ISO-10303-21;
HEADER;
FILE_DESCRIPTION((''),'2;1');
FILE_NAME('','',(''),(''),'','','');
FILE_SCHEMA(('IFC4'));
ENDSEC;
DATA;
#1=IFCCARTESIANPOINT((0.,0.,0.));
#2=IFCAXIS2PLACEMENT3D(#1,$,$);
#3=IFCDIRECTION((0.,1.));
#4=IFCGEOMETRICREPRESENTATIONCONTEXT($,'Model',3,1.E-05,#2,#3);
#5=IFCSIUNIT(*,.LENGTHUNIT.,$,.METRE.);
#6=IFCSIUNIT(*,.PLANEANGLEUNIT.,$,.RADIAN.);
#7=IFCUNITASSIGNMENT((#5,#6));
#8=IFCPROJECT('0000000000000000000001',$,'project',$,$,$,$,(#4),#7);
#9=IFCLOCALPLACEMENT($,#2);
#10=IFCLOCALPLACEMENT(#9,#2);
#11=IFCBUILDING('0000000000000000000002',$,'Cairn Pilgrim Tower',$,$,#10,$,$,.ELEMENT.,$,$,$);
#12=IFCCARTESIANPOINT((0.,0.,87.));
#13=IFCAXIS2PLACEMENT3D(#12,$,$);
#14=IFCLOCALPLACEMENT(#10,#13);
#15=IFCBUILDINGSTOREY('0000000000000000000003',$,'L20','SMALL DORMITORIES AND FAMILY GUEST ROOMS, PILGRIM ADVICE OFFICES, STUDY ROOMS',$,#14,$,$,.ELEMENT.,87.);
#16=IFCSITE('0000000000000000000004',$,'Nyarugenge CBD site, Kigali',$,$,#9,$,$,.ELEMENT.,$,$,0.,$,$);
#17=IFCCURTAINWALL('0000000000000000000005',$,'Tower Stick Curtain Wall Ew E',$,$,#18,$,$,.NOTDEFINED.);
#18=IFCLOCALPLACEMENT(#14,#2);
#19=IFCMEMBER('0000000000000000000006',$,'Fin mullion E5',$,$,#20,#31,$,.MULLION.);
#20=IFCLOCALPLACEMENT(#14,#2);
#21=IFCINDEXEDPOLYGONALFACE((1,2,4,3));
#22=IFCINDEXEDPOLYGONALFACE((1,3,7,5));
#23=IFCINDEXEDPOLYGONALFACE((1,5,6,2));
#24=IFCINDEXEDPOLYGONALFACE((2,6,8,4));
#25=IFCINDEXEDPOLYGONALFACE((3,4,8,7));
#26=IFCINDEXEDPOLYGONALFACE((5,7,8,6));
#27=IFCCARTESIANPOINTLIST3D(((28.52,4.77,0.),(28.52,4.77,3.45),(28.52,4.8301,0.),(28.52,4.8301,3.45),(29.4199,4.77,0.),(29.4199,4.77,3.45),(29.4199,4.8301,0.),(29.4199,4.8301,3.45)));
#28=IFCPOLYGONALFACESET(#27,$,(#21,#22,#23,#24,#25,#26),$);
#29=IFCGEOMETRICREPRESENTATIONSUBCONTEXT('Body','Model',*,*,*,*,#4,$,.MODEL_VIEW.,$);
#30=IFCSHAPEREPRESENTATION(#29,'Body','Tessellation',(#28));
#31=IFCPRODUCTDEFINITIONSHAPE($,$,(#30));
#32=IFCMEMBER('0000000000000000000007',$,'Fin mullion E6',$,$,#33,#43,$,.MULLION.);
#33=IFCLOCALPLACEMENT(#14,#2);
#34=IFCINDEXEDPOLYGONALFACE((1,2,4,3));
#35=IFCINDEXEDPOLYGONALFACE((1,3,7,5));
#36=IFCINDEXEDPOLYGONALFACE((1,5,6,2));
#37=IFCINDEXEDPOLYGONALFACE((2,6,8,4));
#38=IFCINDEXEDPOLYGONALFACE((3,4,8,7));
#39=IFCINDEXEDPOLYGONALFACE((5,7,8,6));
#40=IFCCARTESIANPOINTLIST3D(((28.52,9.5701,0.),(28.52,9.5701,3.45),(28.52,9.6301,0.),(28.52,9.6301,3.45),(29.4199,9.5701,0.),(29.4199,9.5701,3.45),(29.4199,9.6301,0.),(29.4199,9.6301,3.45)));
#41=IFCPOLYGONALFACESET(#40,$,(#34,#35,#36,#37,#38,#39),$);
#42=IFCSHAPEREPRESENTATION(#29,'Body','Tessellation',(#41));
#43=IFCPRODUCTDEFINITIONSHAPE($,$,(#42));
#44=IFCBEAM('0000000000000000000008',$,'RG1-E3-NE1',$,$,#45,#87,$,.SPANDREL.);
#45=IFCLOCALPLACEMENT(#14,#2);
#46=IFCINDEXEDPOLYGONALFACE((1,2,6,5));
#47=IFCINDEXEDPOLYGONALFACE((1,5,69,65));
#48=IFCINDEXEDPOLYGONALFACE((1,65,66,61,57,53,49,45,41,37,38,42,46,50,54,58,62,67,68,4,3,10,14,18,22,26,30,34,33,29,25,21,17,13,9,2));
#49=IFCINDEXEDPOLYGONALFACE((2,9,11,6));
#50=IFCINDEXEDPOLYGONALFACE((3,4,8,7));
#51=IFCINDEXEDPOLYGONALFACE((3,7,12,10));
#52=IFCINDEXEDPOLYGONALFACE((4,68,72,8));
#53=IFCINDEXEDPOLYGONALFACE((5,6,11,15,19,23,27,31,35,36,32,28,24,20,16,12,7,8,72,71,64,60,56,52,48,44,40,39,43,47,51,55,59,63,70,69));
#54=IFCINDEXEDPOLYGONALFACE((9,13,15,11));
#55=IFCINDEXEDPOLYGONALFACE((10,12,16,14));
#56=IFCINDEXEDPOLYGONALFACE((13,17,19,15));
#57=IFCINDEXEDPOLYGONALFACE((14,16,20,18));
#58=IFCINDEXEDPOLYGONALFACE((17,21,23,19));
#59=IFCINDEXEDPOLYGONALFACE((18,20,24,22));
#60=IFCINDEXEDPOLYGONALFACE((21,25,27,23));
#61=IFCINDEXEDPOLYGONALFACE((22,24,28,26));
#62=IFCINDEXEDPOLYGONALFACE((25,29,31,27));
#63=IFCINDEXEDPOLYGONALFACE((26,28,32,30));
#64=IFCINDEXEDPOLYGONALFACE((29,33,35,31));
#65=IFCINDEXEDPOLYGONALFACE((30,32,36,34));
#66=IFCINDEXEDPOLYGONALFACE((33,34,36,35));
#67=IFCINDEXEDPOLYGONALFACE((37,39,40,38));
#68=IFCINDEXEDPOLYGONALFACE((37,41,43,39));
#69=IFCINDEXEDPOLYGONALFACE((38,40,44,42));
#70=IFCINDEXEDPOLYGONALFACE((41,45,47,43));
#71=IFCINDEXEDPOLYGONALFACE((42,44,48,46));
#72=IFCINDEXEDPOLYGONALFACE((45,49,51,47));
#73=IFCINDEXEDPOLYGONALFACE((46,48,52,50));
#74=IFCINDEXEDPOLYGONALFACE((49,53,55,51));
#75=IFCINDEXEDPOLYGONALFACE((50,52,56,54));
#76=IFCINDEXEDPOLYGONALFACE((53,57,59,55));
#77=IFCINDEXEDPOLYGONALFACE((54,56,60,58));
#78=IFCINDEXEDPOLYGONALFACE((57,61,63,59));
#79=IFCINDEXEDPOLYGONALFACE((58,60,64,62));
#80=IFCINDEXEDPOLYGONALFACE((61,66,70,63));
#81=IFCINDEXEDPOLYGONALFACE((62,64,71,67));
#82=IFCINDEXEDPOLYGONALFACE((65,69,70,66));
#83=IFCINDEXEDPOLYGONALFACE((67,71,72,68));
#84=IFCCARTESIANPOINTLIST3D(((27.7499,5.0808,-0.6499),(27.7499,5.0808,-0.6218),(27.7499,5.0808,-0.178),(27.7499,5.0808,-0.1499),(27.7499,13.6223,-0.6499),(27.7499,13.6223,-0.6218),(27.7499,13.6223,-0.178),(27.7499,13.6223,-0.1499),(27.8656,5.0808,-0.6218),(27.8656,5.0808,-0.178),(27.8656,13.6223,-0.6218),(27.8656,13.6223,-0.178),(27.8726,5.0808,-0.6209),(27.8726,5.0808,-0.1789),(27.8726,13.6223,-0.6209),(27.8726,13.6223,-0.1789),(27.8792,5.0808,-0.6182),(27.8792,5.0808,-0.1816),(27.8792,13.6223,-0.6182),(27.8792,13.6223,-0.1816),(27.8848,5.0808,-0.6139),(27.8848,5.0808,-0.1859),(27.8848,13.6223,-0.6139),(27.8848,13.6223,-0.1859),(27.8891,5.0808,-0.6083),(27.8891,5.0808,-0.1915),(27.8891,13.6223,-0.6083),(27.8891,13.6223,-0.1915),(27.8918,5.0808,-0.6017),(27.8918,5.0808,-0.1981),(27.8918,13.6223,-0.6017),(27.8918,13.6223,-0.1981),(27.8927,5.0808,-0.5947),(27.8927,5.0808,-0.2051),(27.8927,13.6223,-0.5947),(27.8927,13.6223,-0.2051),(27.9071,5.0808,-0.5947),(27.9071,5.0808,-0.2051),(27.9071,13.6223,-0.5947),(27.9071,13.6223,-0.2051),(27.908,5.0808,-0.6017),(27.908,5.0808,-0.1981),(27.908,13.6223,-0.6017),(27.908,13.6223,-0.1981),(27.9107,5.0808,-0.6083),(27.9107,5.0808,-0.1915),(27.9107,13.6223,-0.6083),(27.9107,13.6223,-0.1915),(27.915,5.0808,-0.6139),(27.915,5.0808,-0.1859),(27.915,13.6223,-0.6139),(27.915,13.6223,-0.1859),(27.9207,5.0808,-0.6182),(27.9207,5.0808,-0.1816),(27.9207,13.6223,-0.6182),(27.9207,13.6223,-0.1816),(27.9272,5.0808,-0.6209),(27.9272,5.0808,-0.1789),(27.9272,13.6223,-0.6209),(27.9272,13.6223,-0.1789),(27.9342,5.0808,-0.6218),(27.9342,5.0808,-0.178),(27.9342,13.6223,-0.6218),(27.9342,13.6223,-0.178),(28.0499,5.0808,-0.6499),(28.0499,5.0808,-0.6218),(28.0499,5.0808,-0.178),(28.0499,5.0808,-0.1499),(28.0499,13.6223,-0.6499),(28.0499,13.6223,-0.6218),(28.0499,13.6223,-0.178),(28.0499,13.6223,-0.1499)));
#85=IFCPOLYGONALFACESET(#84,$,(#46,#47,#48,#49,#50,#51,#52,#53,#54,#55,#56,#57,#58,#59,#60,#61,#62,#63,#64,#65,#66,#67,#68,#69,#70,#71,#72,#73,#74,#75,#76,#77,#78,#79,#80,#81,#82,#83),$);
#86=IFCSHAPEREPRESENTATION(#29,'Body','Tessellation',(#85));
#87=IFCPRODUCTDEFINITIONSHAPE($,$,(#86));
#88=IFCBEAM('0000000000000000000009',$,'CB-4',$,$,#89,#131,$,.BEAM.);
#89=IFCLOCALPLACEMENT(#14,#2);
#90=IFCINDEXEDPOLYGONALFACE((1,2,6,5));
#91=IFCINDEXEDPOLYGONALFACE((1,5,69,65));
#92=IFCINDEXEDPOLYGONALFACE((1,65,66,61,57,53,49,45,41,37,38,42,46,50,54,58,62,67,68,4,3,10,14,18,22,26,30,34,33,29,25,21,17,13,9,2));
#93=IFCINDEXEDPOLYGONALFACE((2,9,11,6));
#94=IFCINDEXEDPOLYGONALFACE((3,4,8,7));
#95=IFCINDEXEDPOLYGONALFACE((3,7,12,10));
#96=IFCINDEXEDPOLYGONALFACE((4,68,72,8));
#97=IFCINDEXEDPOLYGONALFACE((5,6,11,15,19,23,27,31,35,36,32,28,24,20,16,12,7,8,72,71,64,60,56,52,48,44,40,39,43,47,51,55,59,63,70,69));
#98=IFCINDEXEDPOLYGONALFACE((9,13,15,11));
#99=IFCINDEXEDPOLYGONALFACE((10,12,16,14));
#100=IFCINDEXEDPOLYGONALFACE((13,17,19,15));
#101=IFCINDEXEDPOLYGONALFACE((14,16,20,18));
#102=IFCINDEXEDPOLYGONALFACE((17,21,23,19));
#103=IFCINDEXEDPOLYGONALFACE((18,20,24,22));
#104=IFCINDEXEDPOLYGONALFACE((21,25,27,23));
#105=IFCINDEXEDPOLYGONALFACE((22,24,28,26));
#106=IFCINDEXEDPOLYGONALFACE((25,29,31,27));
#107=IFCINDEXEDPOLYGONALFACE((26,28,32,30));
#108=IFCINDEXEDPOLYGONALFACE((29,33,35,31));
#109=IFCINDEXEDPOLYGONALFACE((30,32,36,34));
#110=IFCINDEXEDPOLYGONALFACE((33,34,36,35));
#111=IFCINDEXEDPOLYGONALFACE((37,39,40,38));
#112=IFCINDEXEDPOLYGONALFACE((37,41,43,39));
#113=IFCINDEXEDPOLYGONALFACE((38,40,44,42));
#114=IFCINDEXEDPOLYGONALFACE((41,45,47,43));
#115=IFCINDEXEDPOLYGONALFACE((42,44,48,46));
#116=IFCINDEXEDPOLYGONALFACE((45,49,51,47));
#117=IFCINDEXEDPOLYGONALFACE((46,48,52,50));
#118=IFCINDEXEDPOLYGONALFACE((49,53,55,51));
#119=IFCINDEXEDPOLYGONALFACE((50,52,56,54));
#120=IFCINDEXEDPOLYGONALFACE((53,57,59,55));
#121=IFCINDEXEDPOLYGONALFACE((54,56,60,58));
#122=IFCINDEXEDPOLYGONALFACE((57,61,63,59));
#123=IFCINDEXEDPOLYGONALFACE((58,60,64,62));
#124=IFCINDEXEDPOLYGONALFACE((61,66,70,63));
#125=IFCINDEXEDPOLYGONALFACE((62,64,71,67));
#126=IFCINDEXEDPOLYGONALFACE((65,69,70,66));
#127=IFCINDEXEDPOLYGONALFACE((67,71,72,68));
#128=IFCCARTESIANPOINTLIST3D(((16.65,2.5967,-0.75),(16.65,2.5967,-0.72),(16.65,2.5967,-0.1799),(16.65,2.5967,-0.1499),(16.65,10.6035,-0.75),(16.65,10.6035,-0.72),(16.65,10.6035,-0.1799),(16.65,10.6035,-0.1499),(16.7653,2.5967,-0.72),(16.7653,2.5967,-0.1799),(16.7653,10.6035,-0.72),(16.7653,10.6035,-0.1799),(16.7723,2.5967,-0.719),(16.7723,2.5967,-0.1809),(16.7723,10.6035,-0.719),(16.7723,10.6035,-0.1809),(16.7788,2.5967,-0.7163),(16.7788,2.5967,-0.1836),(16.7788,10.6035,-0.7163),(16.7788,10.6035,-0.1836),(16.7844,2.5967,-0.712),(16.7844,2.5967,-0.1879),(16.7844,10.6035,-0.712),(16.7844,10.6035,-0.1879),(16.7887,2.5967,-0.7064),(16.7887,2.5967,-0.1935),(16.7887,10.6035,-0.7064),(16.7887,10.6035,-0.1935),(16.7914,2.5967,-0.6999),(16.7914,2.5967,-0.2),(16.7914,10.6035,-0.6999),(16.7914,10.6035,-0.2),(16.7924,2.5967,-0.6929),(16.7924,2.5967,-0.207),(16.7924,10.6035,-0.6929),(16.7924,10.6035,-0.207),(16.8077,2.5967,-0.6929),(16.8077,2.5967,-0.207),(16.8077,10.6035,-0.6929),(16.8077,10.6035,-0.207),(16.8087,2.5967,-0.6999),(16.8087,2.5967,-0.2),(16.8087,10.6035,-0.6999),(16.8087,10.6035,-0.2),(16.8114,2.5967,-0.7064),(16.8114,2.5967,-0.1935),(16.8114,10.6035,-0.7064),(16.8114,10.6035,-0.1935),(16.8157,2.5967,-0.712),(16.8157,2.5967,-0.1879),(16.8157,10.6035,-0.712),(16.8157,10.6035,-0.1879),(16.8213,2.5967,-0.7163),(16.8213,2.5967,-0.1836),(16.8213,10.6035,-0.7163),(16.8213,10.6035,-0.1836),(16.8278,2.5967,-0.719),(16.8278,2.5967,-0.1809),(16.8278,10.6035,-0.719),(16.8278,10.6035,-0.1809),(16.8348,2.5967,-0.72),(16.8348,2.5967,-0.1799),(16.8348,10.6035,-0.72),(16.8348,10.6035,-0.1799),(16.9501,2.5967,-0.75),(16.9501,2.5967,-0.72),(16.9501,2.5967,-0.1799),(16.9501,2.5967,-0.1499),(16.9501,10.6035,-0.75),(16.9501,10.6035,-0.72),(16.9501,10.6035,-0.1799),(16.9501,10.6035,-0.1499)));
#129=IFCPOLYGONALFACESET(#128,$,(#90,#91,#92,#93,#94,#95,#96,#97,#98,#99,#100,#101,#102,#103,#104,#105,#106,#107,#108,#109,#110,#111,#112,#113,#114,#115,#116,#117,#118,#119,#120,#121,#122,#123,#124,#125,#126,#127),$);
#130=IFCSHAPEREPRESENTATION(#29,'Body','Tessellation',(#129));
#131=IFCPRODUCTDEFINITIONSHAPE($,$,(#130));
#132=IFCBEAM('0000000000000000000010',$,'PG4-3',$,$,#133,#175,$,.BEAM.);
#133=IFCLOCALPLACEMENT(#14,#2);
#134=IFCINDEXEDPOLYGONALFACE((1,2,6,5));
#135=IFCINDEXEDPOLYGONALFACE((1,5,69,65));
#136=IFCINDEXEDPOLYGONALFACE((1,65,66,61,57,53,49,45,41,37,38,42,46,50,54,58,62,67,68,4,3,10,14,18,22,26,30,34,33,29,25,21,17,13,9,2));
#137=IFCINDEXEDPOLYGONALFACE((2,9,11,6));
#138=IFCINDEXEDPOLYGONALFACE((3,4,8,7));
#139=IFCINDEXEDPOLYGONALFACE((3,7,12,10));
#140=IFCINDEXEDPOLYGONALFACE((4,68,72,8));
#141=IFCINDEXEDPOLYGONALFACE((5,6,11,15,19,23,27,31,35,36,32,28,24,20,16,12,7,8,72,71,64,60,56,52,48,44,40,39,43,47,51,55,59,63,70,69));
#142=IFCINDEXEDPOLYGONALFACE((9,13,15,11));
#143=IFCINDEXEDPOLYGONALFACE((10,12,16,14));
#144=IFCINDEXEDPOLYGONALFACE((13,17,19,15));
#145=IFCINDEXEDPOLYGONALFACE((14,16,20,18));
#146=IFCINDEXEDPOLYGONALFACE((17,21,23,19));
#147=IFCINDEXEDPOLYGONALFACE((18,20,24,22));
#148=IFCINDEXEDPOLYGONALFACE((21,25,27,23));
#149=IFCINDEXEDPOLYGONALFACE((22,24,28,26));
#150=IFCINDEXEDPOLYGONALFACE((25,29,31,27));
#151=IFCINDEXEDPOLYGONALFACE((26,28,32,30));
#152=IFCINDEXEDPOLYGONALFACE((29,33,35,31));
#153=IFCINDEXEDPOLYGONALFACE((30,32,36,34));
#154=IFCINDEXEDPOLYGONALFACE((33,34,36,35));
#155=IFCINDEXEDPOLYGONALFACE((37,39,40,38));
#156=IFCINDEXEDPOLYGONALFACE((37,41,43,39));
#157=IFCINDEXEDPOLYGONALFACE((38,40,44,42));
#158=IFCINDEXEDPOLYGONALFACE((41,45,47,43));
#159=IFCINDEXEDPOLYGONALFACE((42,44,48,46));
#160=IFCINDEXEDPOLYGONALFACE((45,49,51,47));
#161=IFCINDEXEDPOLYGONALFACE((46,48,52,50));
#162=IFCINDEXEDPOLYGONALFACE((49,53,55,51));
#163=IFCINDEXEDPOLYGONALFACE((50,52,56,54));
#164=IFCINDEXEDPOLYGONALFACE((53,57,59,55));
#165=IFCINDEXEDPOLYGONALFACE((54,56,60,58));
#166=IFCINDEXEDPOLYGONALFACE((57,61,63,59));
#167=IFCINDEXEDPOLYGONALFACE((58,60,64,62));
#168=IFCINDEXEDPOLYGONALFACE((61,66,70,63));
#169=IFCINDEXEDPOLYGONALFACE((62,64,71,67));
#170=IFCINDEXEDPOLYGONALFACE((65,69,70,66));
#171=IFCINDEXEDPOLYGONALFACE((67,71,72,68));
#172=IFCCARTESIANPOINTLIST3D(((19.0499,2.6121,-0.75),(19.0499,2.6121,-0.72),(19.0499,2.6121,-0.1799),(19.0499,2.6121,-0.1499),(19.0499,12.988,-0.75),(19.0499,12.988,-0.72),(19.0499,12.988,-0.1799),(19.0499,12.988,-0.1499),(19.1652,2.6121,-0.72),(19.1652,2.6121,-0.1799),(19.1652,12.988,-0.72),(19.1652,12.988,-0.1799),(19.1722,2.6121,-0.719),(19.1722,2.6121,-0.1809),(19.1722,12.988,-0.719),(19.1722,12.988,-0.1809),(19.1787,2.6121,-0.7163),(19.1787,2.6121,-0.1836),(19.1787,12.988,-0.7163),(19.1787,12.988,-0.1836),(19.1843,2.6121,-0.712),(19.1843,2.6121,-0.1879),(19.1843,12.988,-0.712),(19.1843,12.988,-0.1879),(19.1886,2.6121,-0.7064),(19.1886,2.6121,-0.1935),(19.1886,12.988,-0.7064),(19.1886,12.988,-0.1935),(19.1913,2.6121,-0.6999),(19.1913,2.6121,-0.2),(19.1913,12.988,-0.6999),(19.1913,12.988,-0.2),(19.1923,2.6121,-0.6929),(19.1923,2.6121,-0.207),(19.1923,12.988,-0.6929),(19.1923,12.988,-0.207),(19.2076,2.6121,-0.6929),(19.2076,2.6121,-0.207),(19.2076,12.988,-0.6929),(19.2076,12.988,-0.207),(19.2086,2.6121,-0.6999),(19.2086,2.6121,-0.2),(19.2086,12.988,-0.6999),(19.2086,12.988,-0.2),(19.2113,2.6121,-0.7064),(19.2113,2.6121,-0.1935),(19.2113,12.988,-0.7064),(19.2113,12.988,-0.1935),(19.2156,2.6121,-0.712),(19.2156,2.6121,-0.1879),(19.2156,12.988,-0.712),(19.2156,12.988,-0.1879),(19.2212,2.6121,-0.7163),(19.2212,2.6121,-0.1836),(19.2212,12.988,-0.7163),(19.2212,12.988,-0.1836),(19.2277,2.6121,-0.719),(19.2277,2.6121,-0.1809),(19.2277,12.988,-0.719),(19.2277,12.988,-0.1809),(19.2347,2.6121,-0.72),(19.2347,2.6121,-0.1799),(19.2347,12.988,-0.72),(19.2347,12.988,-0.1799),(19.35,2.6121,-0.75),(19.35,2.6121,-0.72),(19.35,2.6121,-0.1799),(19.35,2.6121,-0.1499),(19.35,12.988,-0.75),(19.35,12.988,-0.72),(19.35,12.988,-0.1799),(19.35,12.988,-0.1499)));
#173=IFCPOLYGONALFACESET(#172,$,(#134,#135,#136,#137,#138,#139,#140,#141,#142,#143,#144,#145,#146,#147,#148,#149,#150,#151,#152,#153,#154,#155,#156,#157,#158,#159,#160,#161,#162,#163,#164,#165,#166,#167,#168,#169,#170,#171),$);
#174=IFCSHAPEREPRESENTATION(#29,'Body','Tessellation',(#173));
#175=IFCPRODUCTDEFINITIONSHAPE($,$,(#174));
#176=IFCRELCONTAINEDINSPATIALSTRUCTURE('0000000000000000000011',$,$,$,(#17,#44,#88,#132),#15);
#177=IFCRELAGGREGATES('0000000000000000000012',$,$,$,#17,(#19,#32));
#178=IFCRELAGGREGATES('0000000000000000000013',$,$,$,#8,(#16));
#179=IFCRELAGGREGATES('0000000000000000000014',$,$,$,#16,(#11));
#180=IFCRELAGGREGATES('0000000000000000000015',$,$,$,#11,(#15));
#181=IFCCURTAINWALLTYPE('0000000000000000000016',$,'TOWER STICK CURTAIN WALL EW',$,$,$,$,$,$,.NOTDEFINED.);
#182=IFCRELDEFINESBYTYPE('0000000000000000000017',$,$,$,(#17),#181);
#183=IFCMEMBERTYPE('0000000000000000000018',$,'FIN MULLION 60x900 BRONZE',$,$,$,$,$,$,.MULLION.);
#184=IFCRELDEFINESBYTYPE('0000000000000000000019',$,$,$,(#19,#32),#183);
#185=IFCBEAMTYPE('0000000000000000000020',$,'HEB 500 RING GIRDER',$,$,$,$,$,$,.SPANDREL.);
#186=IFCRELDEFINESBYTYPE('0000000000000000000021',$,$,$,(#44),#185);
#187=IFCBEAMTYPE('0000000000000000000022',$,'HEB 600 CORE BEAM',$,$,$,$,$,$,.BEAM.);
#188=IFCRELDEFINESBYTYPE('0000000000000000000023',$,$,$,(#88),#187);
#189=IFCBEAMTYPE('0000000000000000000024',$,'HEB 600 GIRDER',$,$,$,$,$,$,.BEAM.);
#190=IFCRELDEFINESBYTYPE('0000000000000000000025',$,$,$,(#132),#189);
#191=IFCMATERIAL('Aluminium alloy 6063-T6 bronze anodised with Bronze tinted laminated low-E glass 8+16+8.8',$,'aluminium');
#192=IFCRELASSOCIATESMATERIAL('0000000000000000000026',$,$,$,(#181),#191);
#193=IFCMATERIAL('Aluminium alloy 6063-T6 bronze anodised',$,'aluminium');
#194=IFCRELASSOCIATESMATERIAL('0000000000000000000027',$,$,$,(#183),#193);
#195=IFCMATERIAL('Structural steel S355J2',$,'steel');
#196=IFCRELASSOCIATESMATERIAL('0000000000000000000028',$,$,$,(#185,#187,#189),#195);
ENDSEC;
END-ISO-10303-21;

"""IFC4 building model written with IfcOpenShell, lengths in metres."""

from ifc_helpers import new_model, si_unit, direction, frame, origin, origin_2d, place, context, subcontext, project, spatial, rectangle, i_section, extrude, material, material_profile, profile_set, type_object, element, aggregate, save


model = new_model("IFC4")

# Units and contexts
model_context = context("Model", 3, precision=1e-05, world=origin(), true_north=direction((0.0, 1.0)))
body_context = subcontext(model_context, "Body", "Model", "MODEL_VIEW")
ifc_project = project(units=[si_unit("LENGTHUNIT", "METRE"), si_unit("PLANEANGLEUNIT", "RADIAN")], contexts=[model_context])

# Site, building, storey
site_placement = place(None, origin())
site = spatial("IfcSite", under=ifc_project, at=site_placement, Name="Nyarugenge CBD site, Kigali", CompositionType="ELEMENT", RefElevation=0.0)
building_placement = place(site_placement, origin())
building = spatial("IfcBuilding", under=site, at=building_placement, Name="Cairn Pilgrim Tower", CompositionType="ELEMENT")
storey_placement = place(building_placement, frame((0.0, 0.0, 87.0)))
storey = spatial("IfcBuildingStorey", under=building, at=storey_placement, Name="L20", Description="SMALL DORMITORIES AND FAMILY GUEST ROOMS, PILGRIM ADVICE OFFICES, STUDY ROOMS", CompositionType="ELEMENT", Elevation=87.0)

# Curtain wall, members
ifc_material_1 = material(Name="Aluminium alloy 6063-T6 bronze anodised with Bronze tinted laminated low-E glass 8+16+8.8", Category="aluminium")
curtain_wall_type = type_object("IfcCurtainWallType", Name="TOWER STICK CURTAIN WALL EW", PredefinedType="NOTDEFINED", material=ifc_material_1)
curtain_wall_placement = place(storey_placement, origin())
curtain_wall = element("IfcCurtainWall", 1, at=curtain_wall_placement, inside=storey, type_object=curtain_wall_type, Name="Tower Stick Curtain Wall Ew E", PredefinedType="NOTDEFINED")
ifc_material_2 = material(Name="Aluminium alloy 6063-T6 bronze anodised", Category="aluminium")
ifc_material_profile_1 = material_profile(ifc_material_2, rectangle(XDim=0.8999, YDim=0.0601, at=origin_2d()), Name="FIN MULLION 60x900 BRONZE")
ifc_profile_set_1 = profile_set([ifc_material_profile_1], Name="Aluminium alloy 6063-T6 bronze anodised")
member_type_1 = type_object("IfcMemberType", Name="FIN MULLION 60x900 BRONZE", PredefinedType="MULLION", material=ifc_profile_set_1)
member_1_placement = place(storey_placement, frame((28.97, 4.8, 0.0), z_axis=(0.0, 0.0, 1.0), x_axis=(1.0, 0.0, 0.0)))
member_1 = element("IfcMember", 2, at=member_1_placement, type_object=member_type_1, Name="Fin mullion E5", PredefinedType="MULLION", context=body_context, shape_type="SweptSolid", body=[
    extrude(rectangle(XDim=0.8999, YDim=0.0601, at=origin_2d()), origin(), (0.0, 0.0, 1.0), 3.45),
])
member_2_placement = place(storey_placement, frame((28.97, 9.6001, 0.0), z_axis=(0.0, 0.0, 1.0), x_axis=(1.0, 0.0, 0.0)))
member_2 = element("IfcMember", 3, at=member_2_placement, type_object=member_type_1, Name="Fin mullion E6", PredefinedType="MULLION", context=body_context, shape_type="SweptSolid", body=[
    extrude(rectangle(XDim=0.8999, YDim=0.0601, at=origin_2d()), origin(), (0.0, 0.0, 1.0), 3.45),
])

# Beams
ifc_material_3 = material(Name="Structural steel S355J2", Category="steel")
ifc_material_profile_2 = material_profile(ifc_material_3, i_section(OverallWidth=0.3, OverallDepth=0.5, WebThickness=0.0144, FlangeThickness=0.0281, FilletRadius=0.0271, at=origin_2d()), Name="HEB 500")
ifc_profile_set_2 = profile_set([ifc_material_profile_2], Name="Structural steel S355J2")
beam_type_1 = type_object("IfcBeamType", Name="HEB 500 RING GIRDER", PredefinedType="SPANDREL", material=ifc_profile_set_2)
beam_1_placement = place(storey_placement, frame((27.8999, 5.0808, -0.3999), z_axis=(0.0, 1.0, 0.0), x_axis=(-1.0, 0.0, 0.0)))
element("IfcBeam", 4, at=beam_1_placement, inside=storey, type_object=beam_type_1, Name="RG1-E3-NE1", PredefinedType="SPANDREL", context=body_context, shape_type="SweptSolid", body=[
    extrude(i_section(OverallWidth=0.3, OverallDepth=0.5, WebThickness=0.0144, FlangeThickness=0.0281, FilletRadius=0.0271, at=origin_2d()), origin(), (0.0, 0.0, 1.0), 8.5415),
])
ifc_material_profile_3 = material_profile(ifc_material_3, i_section(OverallWidth=0.3, OverallDepth=0.6001, WebThickness=0.0154, FlangeThickness=0.03, FilletRadius=0.0271, at=origin_2d()), Name="HEB 600")
ifc_profile_set_3 = profile_set([ifc_material_profile_3], Name="Structural steel S355J2")
beam_type_2 = type_object("IfcBeamType", Name="HEB 600 CORE BEAM", PredefinedType="BEAM", material=ifc_profile_set_3)
beam_2_placement = place(storey_placement, frame((16.8, 2.5967, -0.45), z_axis=(0.0, 1.0, 0.0), x_axis=(-1.0, 0.0, 0.0)))
element("IfcBeam", 5, at=beam_2_placement, inside=storey, type_object=beam_type_2, Name="CB-4", PredefinedType="BEAM", context=body_context, shape_type="SweptSolid", body=[
    extrude(i_section(OverallWidth=0.3, OverallDepth=0.6001, WebThickness=0.0154, FlangeThickness=0.03, FilletRadius=0.0271, at=origin_2d()), origin(), (0.0, 0.0, 1.0), 8.0068),
])
ifc_material_profile_4 = material_profile(ifc_material_3, i_section(OverallWidth=0.3, OverallDepth=0.6001, WebThickness=0.0154, FlangeThickness=0.03, FilletRadius=0.0271, at=origin_2d()), Name="HEB 600")
ifc_profile_set_4 = profile_set([ifc_material_profile_4], Name="Structural steel S355J2")
beam_type_3 = type_object("IfcBeamType", Name="HEB 600 GIRDER", PredefinedType="BEAM", material=ifc_profile_set_4)
beam_3_placement = place(storey_placement, frame((19.2, 2.6121, -0.45), z_axis=(0.0, 1.0, 0.0), x_axis=(-1.0, 0.0, 0.0)))
element("IfcBeam", 6, at=beam_3_placement, inside=storey, type_object=beam_type_3, Name="PG4-3", PredefinedType="BEAM", context=body_context, shape_type="SweptSolid", body=[
    extrude(i_section(OverallWidth=0.3, OverallDepth=0.6001, WebThickness=0.0154, FlangeThickness=0.03, FilletRadius=0.0271, at=origin_2d()), origin(), (0.0, 0.0, 1.0), 10.376),
])

aggregate(curtain_wall, [member_1, member_2])

save(model, "model.ifc")
